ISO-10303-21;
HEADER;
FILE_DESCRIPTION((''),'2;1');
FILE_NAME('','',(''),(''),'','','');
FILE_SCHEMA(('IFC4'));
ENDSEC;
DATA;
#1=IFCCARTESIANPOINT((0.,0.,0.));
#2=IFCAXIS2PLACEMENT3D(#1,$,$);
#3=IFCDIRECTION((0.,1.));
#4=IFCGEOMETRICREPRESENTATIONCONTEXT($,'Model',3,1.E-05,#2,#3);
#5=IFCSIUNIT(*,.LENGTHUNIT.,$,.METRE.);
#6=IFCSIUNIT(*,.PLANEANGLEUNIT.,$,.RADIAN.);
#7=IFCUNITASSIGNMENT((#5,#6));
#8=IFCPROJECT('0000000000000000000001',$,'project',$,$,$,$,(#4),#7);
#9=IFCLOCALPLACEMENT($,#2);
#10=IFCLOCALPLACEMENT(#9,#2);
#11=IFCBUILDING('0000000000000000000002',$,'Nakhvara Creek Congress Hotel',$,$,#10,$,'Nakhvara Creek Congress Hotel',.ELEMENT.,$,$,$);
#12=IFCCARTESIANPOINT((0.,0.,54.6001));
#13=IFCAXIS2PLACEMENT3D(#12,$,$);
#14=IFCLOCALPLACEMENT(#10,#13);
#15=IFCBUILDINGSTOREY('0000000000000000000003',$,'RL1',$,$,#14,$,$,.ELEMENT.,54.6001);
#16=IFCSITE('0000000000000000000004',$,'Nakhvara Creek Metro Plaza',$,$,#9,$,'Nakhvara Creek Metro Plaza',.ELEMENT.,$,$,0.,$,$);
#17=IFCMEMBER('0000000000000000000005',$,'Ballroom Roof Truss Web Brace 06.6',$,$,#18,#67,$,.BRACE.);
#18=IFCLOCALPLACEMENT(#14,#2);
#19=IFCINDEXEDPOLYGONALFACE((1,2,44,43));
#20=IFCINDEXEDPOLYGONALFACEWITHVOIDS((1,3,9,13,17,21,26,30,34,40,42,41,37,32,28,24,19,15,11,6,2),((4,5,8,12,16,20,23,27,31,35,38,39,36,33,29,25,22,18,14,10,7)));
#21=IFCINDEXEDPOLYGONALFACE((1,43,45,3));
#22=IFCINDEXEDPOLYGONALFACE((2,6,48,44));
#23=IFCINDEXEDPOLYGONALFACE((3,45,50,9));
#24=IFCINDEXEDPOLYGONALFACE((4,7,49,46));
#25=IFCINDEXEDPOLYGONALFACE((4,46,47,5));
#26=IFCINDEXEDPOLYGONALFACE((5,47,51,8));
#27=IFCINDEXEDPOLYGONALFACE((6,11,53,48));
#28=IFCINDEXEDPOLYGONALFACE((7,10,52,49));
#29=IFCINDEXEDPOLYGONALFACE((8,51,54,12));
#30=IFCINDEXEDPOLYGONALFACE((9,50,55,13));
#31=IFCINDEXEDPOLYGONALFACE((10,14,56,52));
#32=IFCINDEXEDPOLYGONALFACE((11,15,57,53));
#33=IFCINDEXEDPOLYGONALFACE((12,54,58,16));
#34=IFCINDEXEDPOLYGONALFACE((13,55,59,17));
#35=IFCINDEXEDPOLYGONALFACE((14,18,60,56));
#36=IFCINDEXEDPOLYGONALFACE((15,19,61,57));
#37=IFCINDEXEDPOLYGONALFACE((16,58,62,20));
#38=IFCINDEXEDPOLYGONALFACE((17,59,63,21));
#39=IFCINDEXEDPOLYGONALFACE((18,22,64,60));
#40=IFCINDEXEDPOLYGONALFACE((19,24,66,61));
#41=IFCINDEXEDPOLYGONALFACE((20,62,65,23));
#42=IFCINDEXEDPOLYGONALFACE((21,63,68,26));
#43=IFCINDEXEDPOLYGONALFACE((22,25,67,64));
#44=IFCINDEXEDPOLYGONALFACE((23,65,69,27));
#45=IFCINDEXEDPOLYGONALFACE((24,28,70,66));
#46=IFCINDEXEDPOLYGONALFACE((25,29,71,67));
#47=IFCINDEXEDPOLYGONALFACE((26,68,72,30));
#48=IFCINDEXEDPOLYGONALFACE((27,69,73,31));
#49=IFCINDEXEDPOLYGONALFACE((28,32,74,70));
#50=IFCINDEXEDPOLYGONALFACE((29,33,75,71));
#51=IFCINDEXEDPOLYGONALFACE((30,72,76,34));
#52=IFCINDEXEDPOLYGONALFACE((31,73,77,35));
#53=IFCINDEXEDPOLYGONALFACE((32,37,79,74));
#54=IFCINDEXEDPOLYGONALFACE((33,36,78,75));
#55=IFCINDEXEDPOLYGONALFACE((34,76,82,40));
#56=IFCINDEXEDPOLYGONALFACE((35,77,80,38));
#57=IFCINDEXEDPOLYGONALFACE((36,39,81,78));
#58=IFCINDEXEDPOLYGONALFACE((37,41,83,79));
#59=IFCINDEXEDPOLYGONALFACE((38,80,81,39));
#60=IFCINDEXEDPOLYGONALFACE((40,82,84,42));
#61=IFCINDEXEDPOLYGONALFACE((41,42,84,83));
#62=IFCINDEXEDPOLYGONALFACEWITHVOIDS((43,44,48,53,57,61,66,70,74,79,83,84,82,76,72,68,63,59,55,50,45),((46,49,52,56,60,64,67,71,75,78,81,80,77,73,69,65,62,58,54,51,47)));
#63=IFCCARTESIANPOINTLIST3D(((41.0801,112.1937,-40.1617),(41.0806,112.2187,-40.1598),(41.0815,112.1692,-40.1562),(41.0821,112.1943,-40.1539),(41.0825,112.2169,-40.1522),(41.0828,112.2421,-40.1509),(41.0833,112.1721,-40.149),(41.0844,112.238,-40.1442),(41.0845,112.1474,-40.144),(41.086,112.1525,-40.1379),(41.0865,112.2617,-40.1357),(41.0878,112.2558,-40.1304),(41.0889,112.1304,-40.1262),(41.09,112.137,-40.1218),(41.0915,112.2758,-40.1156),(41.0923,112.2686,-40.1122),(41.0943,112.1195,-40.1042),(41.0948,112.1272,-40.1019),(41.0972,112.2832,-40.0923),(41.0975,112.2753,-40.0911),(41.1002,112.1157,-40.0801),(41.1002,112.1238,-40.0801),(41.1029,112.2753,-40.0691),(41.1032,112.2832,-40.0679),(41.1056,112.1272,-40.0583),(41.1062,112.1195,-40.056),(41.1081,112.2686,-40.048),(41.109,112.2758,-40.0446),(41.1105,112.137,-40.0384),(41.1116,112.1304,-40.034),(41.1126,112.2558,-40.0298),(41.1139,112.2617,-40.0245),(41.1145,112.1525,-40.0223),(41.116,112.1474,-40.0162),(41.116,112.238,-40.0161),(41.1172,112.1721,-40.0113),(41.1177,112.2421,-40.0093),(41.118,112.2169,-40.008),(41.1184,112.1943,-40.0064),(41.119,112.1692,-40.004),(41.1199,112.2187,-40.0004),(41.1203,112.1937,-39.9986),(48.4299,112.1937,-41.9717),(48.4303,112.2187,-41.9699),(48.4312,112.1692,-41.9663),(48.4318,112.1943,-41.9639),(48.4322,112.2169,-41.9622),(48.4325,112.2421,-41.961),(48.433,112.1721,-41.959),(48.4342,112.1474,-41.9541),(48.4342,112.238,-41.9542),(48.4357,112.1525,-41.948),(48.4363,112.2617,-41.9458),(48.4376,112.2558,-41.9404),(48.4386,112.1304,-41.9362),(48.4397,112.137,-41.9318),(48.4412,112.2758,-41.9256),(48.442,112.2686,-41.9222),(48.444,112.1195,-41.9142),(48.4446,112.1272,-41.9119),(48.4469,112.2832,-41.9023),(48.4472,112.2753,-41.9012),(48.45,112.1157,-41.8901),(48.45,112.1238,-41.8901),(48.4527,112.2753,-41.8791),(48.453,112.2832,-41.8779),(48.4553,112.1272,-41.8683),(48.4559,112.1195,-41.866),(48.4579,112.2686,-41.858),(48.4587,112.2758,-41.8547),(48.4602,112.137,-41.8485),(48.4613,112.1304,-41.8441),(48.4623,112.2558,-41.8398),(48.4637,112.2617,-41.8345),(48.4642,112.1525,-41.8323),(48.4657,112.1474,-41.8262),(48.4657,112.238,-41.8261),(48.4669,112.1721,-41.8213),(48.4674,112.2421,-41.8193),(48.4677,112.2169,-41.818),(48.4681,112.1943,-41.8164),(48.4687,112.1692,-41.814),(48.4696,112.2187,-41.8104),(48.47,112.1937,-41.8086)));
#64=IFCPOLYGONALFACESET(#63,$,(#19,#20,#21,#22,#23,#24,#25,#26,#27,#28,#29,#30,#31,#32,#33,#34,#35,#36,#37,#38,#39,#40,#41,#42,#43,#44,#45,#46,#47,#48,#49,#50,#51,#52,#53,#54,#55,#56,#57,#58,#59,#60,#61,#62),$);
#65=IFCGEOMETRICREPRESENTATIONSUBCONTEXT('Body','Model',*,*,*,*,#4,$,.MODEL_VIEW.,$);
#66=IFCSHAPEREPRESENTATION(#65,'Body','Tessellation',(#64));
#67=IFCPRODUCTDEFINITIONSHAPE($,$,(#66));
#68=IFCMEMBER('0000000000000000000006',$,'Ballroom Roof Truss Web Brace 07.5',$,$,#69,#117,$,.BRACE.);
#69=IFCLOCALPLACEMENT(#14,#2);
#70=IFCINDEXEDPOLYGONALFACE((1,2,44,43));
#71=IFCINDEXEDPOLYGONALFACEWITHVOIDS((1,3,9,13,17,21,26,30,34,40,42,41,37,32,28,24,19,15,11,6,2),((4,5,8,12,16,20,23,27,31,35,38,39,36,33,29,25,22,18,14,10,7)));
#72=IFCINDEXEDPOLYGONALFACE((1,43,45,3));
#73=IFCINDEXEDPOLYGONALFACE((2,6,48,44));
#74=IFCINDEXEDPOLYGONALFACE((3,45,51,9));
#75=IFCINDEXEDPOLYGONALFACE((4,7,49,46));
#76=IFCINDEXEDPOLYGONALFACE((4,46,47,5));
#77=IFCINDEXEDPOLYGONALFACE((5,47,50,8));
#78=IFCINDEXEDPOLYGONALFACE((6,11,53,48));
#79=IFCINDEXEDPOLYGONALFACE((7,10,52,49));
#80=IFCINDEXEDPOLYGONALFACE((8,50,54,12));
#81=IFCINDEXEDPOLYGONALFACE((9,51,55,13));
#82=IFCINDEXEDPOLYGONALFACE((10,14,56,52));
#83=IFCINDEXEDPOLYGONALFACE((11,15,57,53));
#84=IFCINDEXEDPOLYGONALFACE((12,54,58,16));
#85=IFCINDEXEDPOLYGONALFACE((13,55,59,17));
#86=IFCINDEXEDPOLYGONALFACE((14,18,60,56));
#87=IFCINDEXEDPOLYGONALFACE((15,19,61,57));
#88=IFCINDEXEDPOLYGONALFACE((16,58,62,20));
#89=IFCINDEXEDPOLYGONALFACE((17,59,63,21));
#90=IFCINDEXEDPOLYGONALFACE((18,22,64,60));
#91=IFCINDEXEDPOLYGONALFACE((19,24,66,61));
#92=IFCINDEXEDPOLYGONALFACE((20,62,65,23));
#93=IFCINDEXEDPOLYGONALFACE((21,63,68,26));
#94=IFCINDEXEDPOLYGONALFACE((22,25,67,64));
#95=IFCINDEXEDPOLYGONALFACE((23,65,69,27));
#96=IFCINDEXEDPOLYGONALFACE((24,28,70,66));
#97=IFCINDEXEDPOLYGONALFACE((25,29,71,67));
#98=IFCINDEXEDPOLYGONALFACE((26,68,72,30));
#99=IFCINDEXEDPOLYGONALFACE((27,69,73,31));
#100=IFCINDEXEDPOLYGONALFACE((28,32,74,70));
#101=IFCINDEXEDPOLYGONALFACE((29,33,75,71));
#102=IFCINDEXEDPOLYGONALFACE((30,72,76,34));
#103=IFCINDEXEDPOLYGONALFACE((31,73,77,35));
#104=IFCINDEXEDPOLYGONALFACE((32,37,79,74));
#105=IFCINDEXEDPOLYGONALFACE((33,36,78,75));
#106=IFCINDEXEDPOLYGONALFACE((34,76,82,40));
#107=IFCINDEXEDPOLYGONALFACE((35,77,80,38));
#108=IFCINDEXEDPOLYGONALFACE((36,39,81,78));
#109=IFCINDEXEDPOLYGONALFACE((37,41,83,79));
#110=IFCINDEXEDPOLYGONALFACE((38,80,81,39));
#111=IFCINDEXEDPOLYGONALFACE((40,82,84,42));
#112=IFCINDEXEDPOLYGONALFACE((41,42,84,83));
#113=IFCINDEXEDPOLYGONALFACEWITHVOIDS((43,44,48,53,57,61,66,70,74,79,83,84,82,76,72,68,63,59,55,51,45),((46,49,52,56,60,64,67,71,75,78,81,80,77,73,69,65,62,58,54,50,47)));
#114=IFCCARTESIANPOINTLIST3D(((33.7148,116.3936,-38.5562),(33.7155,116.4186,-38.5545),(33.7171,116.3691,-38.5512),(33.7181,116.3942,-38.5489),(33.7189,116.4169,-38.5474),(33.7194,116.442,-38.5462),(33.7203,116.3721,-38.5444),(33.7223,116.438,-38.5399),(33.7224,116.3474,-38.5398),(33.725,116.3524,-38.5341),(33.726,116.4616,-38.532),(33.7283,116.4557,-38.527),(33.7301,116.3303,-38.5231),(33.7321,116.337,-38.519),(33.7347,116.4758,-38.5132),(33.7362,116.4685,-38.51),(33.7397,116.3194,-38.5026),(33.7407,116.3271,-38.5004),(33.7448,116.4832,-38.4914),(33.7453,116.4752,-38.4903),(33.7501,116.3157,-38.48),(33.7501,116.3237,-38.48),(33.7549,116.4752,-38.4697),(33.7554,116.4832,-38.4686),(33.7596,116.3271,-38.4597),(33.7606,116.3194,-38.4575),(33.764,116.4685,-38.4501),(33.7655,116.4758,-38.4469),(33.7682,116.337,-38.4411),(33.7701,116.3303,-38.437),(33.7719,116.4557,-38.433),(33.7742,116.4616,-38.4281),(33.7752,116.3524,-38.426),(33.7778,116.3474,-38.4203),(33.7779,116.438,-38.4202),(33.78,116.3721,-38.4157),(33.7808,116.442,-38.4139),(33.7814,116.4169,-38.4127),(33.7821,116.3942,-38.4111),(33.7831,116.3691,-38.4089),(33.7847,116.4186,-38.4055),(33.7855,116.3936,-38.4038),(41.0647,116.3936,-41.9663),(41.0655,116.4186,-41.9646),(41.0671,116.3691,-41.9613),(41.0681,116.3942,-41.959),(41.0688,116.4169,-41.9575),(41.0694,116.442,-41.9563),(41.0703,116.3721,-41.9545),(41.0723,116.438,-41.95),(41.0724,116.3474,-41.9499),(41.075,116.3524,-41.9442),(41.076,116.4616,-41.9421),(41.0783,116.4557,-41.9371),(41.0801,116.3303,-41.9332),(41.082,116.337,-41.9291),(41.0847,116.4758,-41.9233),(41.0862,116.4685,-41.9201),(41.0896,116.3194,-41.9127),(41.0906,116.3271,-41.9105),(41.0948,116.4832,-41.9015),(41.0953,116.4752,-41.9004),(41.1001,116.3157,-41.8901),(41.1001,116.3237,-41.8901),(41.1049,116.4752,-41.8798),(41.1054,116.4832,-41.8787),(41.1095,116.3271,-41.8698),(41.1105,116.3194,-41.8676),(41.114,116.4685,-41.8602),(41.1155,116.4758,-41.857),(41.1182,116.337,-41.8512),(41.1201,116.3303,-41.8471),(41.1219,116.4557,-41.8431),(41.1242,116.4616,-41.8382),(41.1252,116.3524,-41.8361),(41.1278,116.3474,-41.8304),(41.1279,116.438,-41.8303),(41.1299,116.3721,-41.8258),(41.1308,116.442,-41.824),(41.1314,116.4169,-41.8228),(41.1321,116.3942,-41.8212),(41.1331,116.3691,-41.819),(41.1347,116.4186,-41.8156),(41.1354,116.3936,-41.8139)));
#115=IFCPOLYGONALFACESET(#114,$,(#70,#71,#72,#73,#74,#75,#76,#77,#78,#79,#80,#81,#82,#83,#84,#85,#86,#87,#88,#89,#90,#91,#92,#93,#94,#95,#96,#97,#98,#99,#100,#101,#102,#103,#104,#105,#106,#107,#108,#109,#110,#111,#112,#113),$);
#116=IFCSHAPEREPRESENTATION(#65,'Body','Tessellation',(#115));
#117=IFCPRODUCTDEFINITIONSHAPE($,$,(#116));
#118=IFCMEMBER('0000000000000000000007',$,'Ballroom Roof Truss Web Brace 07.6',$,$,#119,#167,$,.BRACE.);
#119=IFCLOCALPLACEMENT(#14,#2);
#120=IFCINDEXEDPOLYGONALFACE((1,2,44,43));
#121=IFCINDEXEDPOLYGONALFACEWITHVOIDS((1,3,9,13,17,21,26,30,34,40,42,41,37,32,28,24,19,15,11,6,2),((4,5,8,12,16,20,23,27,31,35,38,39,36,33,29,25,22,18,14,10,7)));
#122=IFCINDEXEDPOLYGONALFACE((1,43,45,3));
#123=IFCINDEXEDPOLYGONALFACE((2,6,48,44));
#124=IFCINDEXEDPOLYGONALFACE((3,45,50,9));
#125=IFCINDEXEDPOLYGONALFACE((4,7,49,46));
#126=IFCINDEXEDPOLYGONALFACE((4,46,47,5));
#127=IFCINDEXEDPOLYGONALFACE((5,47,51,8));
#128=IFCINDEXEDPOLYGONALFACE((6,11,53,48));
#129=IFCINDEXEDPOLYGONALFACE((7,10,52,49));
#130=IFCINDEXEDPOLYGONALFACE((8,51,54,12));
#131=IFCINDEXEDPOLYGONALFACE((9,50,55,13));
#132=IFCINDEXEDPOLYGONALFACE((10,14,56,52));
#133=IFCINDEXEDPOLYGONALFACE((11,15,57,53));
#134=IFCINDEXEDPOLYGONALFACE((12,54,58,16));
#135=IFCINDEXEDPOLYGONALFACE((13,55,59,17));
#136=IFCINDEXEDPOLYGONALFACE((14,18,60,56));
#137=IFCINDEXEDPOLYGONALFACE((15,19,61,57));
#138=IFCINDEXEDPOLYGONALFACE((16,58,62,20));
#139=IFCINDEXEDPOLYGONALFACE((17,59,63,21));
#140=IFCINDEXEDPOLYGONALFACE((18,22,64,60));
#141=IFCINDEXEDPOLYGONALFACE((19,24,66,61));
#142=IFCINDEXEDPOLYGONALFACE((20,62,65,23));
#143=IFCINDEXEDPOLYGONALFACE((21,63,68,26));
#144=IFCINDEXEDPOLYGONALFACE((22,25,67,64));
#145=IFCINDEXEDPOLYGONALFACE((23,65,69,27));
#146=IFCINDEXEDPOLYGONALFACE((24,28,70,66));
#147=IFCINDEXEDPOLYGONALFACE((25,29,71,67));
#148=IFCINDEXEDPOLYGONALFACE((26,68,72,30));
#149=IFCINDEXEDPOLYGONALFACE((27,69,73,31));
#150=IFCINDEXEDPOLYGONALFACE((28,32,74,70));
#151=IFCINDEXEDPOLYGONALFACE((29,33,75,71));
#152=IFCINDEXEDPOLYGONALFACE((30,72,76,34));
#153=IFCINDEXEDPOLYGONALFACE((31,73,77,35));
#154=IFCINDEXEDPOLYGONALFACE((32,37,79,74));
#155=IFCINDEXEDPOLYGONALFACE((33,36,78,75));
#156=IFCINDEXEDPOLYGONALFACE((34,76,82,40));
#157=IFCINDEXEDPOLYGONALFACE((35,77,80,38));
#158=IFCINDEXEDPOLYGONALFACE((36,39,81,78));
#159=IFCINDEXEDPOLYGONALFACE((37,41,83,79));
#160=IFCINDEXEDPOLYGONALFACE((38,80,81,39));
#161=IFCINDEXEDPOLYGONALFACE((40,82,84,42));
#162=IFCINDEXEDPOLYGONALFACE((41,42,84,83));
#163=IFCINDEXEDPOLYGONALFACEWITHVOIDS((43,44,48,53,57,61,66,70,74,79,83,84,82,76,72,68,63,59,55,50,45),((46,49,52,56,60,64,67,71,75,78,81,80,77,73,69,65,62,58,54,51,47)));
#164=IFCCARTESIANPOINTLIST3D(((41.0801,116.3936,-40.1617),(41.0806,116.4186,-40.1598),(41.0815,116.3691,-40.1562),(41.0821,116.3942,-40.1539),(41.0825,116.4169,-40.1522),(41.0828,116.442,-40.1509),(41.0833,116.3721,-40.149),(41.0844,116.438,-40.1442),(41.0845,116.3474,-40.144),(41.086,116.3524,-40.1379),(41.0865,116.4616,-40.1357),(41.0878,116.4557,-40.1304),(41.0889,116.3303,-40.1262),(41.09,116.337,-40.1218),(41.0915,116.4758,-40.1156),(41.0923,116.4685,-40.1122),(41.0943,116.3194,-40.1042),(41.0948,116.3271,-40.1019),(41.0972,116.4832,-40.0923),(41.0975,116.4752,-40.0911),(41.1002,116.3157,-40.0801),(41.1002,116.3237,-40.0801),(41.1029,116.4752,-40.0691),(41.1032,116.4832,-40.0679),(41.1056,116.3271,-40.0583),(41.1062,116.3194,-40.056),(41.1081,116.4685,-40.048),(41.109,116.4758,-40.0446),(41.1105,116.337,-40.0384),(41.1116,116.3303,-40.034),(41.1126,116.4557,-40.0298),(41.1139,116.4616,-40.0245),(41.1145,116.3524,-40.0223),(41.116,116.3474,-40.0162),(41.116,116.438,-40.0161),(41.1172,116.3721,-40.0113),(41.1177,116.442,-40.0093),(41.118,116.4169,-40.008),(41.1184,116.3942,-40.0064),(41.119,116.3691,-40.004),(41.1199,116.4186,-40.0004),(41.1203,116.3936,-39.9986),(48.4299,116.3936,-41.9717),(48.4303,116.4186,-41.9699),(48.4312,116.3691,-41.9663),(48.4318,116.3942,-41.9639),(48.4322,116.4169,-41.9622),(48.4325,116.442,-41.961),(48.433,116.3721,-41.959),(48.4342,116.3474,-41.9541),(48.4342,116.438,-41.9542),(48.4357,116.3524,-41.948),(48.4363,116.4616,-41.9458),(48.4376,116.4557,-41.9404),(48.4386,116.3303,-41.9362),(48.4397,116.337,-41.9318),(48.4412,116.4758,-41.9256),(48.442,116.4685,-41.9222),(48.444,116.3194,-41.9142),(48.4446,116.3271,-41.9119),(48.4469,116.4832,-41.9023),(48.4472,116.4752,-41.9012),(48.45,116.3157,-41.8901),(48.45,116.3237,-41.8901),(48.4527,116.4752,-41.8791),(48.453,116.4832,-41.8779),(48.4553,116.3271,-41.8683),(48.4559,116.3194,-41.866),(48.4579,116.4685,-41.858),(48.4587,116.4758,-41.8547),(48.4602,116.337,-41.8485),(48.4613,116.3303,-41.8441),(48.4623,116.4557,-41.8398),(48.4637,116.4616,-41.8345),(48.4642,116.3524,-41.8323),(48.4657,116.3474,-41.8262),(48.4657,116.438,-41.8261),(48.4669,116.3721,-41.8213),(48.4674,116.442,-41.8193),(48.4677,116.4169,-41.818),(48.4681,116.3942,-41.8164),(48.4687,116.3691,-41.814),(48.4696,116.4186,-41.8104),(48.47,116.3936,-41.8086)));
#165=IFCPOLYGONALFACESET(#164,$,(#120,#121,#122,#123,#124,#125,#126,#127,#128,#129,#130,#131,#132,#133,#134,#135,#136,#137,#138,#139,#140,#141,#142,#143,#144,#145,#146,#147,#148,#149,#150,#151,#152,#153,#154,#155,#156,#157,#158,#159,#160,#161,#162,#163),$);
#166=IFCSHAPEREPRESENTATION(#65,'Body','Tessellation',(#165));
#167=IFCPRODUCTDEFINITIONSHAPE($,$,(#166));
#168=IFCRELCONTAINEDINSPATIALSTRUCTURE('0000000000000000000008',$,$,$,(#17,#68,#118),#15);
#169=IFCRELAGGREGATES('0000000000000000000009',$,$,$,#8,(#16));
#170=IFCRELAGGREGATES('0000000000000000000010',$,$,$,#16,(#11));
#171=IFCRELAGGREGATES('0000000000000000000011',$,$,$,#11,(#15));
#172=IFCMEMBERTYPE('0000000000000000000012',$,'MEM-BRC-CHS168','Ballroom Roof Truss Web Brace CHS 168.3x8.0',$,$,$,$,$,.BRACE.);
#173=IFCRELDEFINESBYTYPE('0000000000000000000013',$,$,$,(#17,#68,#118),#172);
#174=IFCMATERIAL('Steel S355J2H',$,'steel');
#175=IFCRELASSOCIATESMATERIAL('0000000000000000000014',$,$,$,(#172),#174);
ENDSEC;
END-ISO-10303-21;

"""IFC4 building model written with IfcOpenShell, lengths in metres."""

from ifc_helpers import new_model, si_unit, direction, frame, origin, origin_2d, place, context, subcontext, project, spatial, hollow_circle, extrude, material, material_profile, profile_set, type_object, element, save


model = new_model("IFC4")

# Units and contexts
model_context = context("Model", 3, precision=1e-05, world=origin(), true_north=direction((0.0, 1.0)))
body_context = subcontext(model_context, "Body", "Model", "MODEL_VIEW")
ifc_project = project(units=[si_unit("LENGTHUNIT", "METRE"), si_unit("PLANEANGLEUNIT", "RADIAN")], contexts=[model_context])

# Site, building, storey
site_placement = place(None, origin())
site = spatial("IfcSite", under=ifc_project, at=site_placement, Name="Nakhvara Creek Metro Plaza", LongName="Nakhvara Creek Metro Plaza", CompositionType="ELEMENT", RefElevation=0.0)
building_placement = place(site_placement, origin())
building = spatial("IfcBuilding", under=site, at=building_placement, Name="Nakhvara Creek Congress Hotel", LongName="Nakhvara Creek Congress Hotel", CompositionType="ELEMENT")
storey_placement = place(building_placement, frame((0.0, 0.0, 54.6001)))
storey = spatial("IfcBuildingStorey", under=building, at=storey_placement, Name="RL1", CompositionType="ELEMENT", Elevation=54.6001)

# Members
ifc_material_1 = material(Name="Steel S355J2H", Category="steel")
ifc_material_profile_1 = material_profile(ifc_material_1, hollow_circle(Radius=0.0842, WallThickness=0.0081, at=origin_2d()), Name="CHS 168.3x8.0", Category="LoadBearing")
ifc_profile_set_1 = profile_set([ifc_material_profile_1], Name="Steel S355J2H")
member_type_1 = type_object("IfcMemberType", Name="MEM-BRC-CHS168", Description="Ballroom Roof Truss Web Brace CHS 168.3x8.0", PredefinedType="BRACE", material=ifc_profile_set_1)
member_1_placement = place(storey_placement, frame((48.45, 112.2, -41.8901), z_axis=(-0.970988, 0.0, 0.239127), x_axis=(0.0, -1.0, 0.0)))
element("IfcMember", 1, at=member_1_placement, inside=storey, type_object=member_type_1, Name="Ballroom Roof Truss Web Brace 06.6", PredefinedType="BRACE", context=body_context, shape_type="SweptSolid", body=[
    extrude(hollow_circle(Radius=0.0842, WallThickness=0.0081, at=origin_2d()), origin(), (0.0, 0.0, 1.0), 7.5693),
])
member_2_placement = place(storey_placement, frame((41.1001, 116.3999, -41.8901), z_axis=(-0.907122, 0.0, 0.420869), x_axis=(0.0, -1.0, 0.0)))
element("IfcMember", 2, at=member_2_placement, inside=storey, type_object=member_type_1, Name="Ballroom Roof Truss Web Brace 07.5", PredefinedType="BRACE", context=body_context, shape_type="SweptSolid", body=[
    extrude(hollow_circle(Radius=0.0842, WallThickness=0.0081, at=origin_2d()), origin(), (0.0, 0.0, 1.0), 8.1025),
])
member_3_placement = place(storey_placement, frame((48.45, 116.3999, -41.8901), z_axis=(-0.970988, 0.0, 0.239127), x_axis=(0.0, -1.0, 0.0)))
element("IfcMember", 3, at=member_3_placement, inside=storey, type_object=member_type_1, Name="Ballroom Roof Truss Web Brace 07.6", PredefinedType="BRACE", context=body_context, shape_type="SweptSolid", body=[
    extrude(hollow_circle(Radius=0.0842, WallThickness=0.0081, at=origin_2d()), origin(), (0.0, 0.0, 1.0), 7.5693),
])

save(model, "model.ifc")
